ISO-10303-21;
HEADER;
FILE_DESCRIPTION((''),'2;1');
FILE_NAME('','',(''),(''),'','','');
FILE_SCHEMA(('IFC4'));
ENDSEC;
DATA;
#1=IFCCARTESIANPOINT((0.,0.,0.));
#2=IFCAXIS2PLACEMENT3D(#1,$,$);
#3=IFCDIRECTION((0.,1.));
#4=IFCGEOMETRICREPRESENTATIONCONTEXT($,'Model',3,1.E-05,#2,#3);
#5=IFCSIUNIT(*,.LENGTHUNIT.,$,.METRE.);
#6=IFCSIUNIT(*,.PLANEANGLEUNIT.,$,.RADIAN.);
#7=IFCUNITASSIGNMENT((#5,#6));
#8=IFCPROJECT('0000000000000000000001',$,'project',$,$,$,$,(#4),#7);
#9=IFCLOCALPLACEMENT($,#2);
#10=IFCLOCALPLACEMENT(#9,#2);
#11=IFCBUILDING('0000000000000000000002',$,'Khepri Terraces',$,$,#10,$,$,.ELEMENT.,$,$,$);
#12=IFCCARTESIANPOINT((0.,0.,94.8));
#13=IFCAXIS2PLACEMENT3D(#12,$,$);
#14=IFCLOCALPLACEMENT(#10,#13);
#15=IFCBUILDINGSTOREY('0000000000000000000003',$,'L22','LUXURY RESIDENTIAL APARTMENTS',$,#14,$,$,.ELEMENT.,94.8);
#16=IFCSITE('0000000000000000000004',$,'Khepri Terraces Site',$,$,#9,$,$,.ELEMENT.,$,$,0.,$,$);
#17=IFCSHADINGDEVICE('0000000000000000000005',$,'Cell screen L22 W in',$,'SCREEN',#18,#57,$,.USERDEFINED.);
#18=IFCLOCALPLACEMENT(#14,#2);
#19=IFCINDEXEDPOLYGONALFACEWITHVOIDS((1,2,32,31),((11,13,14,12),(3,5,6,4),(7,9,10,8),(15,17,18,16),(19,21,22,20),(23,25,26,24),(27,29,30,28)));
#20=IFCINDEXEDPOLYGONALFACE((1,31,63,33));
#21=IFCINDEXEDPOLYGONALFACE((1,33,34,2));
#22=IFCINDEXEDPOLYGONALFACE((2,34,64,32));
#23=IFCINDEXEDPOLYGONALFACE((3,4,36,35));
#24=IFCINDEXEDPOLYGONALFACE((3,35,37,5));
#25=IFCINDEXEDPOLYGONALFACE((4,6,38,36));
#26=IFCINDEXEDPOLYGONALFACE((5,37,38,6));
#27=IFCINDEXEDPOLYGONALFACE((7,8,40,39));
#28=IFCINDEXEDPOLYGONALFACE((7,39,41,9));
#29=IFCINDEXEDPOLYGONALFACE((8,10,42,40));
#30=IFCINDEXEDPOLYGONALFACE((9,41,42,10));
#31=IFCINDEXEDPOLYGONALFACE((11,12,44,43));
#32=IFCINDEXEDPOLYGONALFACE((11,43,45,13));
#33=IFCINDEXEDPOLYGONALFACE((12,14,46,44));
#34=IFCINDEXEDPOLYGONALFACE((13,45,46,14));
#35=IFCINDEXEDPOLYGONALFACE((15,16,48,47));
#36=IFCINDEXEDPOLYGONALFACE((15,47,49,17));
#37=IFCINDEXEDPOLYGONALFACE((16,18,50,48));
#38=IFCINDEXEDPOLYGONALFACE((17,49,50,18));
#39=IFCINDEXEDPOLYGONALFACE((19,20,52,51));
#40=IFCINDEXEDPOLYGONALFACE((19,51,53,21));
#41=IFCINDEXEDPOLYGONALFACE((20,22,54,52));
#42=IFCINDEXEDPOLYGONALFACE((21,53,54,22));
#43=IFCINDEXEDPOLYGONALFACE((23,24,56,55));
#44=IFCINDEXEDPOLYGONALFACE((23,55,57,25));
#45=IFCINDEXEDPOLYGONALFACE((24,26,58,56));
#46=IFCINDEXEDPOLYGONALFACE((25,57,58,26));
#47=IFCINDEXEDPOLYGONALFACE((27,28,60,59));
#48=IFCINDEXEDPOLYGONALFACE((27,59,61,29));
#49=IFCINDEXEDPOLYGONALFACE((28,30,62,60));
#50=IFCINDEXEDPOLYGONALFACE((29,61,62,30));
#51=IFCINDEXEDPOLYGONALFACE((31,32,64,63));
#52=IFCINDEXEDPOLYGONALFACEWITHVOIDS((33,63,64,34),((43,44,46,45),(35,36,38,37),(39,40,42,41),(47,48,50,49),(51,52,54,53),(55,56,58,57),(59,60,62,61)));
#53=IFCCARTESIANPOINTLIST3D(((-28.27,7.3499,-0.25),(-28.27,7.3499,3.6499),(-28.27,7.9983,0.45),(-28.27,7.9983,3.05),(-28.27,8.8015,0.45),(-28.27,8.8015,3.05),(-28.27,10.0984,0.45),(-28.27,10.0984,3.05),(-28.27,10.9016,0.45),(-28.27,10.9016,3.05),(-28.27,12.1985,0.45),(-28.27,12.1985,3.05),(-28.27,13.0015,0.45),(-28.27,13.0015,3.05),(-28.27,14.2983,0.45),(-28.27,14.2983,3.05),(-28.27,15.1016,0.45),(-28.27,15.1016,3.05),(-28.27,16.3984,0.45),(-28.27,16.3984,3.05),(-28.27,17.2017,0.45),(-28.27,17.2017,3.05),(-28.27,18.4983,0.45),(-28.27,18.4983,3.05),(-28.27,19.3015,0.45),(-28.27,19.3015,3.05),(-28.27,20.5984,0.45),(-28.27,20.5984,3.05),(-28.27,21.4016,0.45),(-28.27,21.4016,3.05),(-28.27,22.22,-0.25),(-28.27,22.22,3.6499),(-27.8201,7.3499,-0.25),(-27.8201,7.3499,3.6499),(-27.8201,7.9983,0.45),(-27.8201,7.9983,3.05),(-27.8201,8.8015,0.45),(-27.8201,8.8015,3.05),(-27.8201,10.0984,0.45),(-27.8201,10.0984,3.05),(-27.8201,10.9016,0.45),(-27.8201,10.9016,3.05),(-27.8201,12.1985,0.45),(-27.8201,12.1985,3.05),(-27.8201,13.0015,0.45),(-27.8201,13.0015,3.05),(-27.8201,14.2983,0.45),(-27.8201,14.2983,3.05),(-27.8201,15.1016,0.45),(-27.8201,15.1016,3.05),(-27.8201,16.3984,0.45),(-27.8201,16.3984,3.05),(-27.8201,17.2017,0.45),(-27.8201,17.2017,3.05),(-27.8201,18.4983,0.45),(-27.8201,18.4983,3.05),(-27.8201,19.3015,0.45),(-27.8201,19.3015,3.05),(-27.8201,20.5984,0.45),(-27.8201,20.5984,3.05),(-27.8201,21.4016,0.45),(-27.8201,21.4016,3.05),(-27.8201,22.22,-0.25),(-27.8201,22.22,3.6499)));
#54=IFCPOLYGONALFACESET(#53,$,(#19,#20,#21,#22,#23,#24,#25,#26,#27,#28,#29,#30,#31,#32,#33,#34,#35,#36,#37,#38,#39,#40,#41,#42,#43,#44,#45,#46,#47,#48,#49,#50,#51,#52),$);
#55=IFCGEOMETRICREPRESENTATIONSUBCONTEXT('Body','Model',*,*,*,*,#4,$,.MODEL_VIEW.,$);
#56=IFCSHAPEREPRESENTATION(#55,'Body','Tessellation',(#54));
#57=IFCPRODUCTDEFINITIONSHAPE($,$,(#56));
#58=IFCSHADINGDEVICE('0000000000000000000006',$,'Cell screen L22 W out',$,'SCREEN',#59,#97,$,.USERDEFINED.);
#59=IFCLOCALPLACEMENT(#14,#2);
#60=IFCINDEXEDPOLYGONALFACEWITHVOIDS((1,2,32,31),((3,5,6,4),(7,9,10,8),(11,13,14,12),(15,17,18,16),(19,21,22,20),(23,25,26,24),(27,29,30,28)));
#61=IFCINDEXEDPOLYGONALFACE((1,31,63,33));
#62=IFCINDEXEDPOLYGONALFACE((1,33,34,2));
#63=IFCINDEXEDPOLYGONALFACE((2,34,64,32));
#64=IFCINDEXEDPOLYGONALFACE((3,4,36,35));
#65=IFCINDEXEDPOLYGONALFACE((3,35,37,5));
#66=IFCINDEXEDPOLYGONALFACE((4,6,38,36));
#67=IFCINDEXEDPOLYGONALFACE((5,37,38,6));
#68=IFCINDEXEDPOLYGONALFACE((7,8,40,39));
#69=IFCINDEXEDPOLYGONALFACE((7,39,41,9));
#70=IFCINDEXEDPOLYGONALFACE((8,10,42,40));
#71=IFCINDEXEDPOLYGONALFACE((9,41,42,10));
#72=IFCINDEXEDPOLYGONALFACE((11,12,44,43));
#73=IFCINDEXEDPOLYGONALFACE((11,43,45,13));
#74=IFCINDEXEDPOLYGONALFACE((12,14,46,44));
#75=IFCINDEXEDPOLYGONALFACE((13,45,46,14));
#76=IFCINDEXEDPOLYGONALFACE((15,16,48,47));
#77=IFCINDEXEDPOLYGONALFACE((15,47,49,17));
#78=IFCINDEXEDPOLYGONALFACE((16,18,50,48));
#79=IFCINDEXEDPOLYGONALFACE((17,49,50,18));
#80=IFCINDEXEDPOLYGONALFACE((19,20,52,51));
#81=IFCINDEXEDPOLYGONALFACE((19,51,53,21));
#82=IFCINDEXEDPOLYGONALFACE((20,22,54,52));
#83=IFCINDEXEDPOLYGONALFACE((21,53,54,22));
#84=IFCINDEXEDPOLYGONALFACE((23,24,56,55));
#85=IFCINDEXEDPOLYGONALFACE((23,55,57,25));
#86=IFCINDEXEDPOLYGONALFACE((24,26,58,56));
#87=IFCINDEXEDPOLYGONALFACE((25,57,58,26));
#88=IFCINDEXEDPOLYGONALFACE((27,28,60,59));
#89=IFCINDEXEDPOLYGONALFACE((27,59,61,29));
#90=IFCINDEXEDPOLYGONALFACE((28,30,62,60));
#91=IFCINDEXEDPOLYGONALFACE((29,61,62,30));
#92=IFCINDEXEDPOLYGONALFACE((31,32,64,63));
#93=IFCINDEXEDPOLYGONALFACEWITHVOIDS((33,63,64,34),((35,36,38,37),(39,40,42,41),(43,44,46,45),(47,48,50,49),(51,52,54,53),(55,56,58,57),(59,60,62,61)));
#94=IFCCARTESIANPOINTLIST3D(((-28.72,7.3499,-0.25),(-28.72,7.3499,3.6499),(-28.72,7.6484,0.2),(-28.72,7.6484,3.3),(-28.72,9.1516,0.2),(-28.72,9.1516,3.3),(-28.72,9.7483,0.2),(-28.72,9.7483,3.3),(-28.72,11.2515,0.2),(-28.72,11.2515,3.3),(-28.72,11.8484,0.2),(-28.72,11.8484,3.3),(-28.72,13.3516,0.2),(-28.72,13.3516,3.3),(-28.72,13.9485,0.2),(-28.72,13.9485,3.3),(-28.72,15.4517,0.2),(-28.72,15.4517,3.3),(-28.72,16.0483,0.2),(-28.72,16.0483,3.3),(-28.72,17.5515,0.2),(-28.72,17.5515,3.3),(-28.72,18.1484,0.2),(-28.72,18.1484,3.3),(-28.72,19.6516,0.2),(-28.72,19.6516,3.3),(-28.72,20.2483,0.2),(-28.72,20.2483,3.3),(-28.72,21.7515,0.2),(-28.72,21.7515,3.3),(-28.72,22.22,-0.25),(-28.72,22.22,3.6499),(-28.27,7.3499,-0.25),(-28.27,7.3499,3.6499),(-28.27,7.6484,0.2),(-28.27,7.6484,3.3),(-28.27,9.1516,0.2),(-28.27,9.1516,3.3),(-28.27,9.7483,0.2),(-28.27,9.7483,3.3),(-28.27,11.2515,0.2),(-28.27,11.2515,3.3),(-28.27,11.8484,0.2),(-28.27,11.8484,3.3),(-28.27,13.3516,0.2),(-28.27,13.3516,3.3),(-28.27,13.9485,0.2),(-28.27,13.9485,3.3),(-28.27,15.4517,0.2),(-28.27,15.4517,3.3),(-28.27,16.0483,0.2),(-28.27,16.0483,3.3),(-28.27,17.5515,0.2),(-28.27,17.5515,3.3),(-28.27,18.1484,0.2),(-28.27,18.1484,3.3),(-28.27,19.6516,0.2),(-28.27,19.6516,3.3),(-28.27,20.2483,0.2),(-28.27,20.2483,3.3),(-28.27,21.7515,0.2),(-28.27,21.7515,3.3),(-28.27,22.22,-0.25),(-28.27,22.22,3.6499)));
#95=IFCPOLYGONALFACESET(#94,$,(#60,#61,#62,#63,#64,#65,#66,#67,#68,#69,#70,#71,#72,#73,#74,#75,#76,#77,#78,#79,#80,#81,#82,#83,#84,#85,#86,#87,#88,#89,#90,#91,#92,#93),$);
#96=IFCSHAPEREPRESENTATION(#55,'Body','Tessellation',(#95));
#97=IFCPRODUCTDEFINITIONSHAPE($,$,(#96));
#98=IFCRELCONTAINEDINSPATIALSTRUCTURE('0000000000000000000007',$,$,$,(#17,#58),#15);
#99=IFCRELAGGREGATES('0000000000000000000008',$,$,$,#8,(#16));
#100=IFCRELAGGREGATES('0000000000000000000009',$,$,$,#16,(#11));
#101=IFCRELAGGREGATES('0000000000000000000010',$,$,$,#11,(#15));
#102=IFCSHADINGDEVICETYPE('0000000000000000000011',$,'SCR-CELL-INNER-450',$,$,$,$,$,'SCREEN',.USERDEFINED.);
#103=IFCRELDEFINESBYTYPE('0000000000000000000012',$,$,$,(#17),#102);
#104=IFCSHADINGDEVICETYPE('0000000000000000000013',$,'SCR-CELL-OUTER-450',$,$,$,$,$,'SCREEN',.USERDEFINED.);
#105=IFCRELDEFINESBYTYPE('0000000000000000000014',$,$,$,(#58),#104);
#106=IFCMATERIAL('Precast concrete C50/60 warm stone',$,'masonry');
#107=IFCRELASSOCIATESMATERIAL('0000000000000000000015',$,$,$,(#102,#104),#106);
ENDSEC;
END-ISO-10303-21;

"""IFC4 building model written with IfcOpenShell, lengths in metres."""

from ifc_helpers import new_model, si_unit, direction, frame, origin, place, context, subcontext, project, spatial, polyline, outline, extrude, material, type_object, element, save


model = new_model("IFC4")

# Units and contexts
model_context = context("Model", 3, precision=1e-05, world=origin(), true_north=direction((0.0, 1.0)))
body_context = subcontext(model_context, "Body", "Model", "MODEL_VIEW")
ifc_project = project(units=[si_unit("LENGTHUNIT", "METRE"), si_unit("PLANEANGLEUNIT", "RADIAN")], contexts=[model_context])

# Site, building, storey
site_placement = place(None, origin())
site = spatial("IfcSite", under=ifc_project, at=site_placement, Name="Khepri Terraces Site", CompositionType="ELEMENT", RefElevation=0.0)
building_placement = place(site_placement, origin())
building = spatial("IfcBuilding", under=site, at=building_placement, Name="Khepri Terraces", CompositionType="ELEMENT")
storey_placement = place(building_placement, frame((0.0, 0.0, 94.8)))
storey = spatial("IfcBuildingStorey", under=building, at=storey_placement, Name="L22", Description="LUXURY RESIDENTIAL APARTMENTS", CompositionType="ELEMENT", Elevation=94.8)

# Shared definitions
ifc_material_1 = material(Name="Precast concrete C50/60 warm stone", Category="masonry")

# Shading devices
shading_device_type_1 = type_object("IfcShadingDeviceType", Name="SCR-CELL-INNER-450", ElementType="SCREEN", PredefinedType="USERDEFINED", material=ifc_material_1)
shading_device_1_placement = place(storey_placement, frame((-27.8201, 22.22, -0.25), z_axis=(-1.0, 0.0, 0.0), x_axis=(0.0, -1.0, 0.0)))
element("IfcShadingDevice", 1, at=shading_device_1_placement, inside=storey, type_object=shading_device_type_1, Name="Cell screen L22 W in", ObjectType="SCREEN", PredefinedType="USERDEFINED", context=body_context, shape_type="SweptSolid", body=[
    extrude(outline(polyline([(0.0, 0.0), (14.8701, 0.0), (14.8701, 3.8999), (0.0, 3.8999), (0.0, 0.0)]), holes=[polyline([(0.8184, 0.7), (1.6216, 0.7), (1.6216, 3.3), (0.8184, 3.3), (0.8184, 0.7)]), polyline([(2.9185, 0.7), (3.7217, 0.7), (3.7217, 3.3), (2.9185, 3.3), (2.9185, 0.7)]), polyline([(5.0183, 0.7), (5.8215, 0.7), (5.8215, 3.3), (5.0183, 3.3), (5.0183, 0.7)]), polyline([(7.1184, 0.7), (7.9216, 0.7), (7.9216, 3.3), (7.1184, 3.3), (7.1184, 0.7)]), polyline([(9.2185, 0.7), (10.0215, 0.7), (10.0215, 3.3), (9.2185, 3.3), (9.2185, 0.7)]), polyline([(11.3184, 0.7), (12.1216, 0.7), (12.1216, 3.3), (11.3184, 3.3), (11.3184, 0.7)]), polyline([(13.4185, 0.7), (14.2217, 0.7), (14.2217, 3.3), (13.4185, 3.3), (13.4185, 0.7)])]), origin(), (0.0, 0.0, 1.0), 0.45),
])
shading_device_type_2 = type_object("IfcShadingDeviceType", Name="SCR-CELL-OUTER-450", ElementType="SCREEN", PredefinedType="USERDEFINED", material=ifc_material_1)
shading_device_2_placement = place(storey_placement, frame((-28.27, 22.22, -0.25), z_axis=(-1.0, 0.0, 0.0), x_axis=(0.0, -1.0, 0.0)))
element("IfcShadingDevice", 2, at=shading_device_2_placement, inside=storey, type_object=shading_device_type_2, Name="Cell screen L22 W out", ObjectType="SCREEN", PredefinedType="USERDEFINED", context=body_context, shape_type="SweptSolid", body=[
    extrude(outline(polyline([(0.0, 0.0), (14.8701, 0.0), (14.8701, 3.8999), (0.0, 3.8999), (0.0, 0.0)]), holes=[polyline([(0.4685, 0.45), (1.9717, 0.45), (1.9717, 3.55), (0.4685, 3.55), (0.4685, 0.45)]), polyline([(2.5684, 0.45), (4.0715, 0.45), (4.0715, 3.55), (2.5684, 3.55), (2.5684, 0.45)]), polyline([(4.6685, 0.45), (6.1716, 0.45), (6.1716, 3.55), (4.6685, 3.55), (4.6685, 0.45)]), polyline([(6.7683, 0.45), (8.2715, 0.45), (8.2715, 3.55), (6.7683, 3.55), (6.7683, 0.45)]), polyline([(8.8684, 0.45), (10.3716, 0.45), (10.3716, 3.55), (8.8684, 3.55), (8.8684, 0.45)]), polyline([(10.9685, 0.45), (12.4717, 0.45), (12.4717, 3.55), (10.9685, 3.55), (10.9685, 0.45)]), polyline([(13.0684, 0.45), (14.5715, 0.45), (14.5715, 3.55), (13.0684, 3.55), (13.0684, 0.45)])]), origin(), (0.0, 0.0, 1.0), 0.45),
])

save(model, "model.ifc")
